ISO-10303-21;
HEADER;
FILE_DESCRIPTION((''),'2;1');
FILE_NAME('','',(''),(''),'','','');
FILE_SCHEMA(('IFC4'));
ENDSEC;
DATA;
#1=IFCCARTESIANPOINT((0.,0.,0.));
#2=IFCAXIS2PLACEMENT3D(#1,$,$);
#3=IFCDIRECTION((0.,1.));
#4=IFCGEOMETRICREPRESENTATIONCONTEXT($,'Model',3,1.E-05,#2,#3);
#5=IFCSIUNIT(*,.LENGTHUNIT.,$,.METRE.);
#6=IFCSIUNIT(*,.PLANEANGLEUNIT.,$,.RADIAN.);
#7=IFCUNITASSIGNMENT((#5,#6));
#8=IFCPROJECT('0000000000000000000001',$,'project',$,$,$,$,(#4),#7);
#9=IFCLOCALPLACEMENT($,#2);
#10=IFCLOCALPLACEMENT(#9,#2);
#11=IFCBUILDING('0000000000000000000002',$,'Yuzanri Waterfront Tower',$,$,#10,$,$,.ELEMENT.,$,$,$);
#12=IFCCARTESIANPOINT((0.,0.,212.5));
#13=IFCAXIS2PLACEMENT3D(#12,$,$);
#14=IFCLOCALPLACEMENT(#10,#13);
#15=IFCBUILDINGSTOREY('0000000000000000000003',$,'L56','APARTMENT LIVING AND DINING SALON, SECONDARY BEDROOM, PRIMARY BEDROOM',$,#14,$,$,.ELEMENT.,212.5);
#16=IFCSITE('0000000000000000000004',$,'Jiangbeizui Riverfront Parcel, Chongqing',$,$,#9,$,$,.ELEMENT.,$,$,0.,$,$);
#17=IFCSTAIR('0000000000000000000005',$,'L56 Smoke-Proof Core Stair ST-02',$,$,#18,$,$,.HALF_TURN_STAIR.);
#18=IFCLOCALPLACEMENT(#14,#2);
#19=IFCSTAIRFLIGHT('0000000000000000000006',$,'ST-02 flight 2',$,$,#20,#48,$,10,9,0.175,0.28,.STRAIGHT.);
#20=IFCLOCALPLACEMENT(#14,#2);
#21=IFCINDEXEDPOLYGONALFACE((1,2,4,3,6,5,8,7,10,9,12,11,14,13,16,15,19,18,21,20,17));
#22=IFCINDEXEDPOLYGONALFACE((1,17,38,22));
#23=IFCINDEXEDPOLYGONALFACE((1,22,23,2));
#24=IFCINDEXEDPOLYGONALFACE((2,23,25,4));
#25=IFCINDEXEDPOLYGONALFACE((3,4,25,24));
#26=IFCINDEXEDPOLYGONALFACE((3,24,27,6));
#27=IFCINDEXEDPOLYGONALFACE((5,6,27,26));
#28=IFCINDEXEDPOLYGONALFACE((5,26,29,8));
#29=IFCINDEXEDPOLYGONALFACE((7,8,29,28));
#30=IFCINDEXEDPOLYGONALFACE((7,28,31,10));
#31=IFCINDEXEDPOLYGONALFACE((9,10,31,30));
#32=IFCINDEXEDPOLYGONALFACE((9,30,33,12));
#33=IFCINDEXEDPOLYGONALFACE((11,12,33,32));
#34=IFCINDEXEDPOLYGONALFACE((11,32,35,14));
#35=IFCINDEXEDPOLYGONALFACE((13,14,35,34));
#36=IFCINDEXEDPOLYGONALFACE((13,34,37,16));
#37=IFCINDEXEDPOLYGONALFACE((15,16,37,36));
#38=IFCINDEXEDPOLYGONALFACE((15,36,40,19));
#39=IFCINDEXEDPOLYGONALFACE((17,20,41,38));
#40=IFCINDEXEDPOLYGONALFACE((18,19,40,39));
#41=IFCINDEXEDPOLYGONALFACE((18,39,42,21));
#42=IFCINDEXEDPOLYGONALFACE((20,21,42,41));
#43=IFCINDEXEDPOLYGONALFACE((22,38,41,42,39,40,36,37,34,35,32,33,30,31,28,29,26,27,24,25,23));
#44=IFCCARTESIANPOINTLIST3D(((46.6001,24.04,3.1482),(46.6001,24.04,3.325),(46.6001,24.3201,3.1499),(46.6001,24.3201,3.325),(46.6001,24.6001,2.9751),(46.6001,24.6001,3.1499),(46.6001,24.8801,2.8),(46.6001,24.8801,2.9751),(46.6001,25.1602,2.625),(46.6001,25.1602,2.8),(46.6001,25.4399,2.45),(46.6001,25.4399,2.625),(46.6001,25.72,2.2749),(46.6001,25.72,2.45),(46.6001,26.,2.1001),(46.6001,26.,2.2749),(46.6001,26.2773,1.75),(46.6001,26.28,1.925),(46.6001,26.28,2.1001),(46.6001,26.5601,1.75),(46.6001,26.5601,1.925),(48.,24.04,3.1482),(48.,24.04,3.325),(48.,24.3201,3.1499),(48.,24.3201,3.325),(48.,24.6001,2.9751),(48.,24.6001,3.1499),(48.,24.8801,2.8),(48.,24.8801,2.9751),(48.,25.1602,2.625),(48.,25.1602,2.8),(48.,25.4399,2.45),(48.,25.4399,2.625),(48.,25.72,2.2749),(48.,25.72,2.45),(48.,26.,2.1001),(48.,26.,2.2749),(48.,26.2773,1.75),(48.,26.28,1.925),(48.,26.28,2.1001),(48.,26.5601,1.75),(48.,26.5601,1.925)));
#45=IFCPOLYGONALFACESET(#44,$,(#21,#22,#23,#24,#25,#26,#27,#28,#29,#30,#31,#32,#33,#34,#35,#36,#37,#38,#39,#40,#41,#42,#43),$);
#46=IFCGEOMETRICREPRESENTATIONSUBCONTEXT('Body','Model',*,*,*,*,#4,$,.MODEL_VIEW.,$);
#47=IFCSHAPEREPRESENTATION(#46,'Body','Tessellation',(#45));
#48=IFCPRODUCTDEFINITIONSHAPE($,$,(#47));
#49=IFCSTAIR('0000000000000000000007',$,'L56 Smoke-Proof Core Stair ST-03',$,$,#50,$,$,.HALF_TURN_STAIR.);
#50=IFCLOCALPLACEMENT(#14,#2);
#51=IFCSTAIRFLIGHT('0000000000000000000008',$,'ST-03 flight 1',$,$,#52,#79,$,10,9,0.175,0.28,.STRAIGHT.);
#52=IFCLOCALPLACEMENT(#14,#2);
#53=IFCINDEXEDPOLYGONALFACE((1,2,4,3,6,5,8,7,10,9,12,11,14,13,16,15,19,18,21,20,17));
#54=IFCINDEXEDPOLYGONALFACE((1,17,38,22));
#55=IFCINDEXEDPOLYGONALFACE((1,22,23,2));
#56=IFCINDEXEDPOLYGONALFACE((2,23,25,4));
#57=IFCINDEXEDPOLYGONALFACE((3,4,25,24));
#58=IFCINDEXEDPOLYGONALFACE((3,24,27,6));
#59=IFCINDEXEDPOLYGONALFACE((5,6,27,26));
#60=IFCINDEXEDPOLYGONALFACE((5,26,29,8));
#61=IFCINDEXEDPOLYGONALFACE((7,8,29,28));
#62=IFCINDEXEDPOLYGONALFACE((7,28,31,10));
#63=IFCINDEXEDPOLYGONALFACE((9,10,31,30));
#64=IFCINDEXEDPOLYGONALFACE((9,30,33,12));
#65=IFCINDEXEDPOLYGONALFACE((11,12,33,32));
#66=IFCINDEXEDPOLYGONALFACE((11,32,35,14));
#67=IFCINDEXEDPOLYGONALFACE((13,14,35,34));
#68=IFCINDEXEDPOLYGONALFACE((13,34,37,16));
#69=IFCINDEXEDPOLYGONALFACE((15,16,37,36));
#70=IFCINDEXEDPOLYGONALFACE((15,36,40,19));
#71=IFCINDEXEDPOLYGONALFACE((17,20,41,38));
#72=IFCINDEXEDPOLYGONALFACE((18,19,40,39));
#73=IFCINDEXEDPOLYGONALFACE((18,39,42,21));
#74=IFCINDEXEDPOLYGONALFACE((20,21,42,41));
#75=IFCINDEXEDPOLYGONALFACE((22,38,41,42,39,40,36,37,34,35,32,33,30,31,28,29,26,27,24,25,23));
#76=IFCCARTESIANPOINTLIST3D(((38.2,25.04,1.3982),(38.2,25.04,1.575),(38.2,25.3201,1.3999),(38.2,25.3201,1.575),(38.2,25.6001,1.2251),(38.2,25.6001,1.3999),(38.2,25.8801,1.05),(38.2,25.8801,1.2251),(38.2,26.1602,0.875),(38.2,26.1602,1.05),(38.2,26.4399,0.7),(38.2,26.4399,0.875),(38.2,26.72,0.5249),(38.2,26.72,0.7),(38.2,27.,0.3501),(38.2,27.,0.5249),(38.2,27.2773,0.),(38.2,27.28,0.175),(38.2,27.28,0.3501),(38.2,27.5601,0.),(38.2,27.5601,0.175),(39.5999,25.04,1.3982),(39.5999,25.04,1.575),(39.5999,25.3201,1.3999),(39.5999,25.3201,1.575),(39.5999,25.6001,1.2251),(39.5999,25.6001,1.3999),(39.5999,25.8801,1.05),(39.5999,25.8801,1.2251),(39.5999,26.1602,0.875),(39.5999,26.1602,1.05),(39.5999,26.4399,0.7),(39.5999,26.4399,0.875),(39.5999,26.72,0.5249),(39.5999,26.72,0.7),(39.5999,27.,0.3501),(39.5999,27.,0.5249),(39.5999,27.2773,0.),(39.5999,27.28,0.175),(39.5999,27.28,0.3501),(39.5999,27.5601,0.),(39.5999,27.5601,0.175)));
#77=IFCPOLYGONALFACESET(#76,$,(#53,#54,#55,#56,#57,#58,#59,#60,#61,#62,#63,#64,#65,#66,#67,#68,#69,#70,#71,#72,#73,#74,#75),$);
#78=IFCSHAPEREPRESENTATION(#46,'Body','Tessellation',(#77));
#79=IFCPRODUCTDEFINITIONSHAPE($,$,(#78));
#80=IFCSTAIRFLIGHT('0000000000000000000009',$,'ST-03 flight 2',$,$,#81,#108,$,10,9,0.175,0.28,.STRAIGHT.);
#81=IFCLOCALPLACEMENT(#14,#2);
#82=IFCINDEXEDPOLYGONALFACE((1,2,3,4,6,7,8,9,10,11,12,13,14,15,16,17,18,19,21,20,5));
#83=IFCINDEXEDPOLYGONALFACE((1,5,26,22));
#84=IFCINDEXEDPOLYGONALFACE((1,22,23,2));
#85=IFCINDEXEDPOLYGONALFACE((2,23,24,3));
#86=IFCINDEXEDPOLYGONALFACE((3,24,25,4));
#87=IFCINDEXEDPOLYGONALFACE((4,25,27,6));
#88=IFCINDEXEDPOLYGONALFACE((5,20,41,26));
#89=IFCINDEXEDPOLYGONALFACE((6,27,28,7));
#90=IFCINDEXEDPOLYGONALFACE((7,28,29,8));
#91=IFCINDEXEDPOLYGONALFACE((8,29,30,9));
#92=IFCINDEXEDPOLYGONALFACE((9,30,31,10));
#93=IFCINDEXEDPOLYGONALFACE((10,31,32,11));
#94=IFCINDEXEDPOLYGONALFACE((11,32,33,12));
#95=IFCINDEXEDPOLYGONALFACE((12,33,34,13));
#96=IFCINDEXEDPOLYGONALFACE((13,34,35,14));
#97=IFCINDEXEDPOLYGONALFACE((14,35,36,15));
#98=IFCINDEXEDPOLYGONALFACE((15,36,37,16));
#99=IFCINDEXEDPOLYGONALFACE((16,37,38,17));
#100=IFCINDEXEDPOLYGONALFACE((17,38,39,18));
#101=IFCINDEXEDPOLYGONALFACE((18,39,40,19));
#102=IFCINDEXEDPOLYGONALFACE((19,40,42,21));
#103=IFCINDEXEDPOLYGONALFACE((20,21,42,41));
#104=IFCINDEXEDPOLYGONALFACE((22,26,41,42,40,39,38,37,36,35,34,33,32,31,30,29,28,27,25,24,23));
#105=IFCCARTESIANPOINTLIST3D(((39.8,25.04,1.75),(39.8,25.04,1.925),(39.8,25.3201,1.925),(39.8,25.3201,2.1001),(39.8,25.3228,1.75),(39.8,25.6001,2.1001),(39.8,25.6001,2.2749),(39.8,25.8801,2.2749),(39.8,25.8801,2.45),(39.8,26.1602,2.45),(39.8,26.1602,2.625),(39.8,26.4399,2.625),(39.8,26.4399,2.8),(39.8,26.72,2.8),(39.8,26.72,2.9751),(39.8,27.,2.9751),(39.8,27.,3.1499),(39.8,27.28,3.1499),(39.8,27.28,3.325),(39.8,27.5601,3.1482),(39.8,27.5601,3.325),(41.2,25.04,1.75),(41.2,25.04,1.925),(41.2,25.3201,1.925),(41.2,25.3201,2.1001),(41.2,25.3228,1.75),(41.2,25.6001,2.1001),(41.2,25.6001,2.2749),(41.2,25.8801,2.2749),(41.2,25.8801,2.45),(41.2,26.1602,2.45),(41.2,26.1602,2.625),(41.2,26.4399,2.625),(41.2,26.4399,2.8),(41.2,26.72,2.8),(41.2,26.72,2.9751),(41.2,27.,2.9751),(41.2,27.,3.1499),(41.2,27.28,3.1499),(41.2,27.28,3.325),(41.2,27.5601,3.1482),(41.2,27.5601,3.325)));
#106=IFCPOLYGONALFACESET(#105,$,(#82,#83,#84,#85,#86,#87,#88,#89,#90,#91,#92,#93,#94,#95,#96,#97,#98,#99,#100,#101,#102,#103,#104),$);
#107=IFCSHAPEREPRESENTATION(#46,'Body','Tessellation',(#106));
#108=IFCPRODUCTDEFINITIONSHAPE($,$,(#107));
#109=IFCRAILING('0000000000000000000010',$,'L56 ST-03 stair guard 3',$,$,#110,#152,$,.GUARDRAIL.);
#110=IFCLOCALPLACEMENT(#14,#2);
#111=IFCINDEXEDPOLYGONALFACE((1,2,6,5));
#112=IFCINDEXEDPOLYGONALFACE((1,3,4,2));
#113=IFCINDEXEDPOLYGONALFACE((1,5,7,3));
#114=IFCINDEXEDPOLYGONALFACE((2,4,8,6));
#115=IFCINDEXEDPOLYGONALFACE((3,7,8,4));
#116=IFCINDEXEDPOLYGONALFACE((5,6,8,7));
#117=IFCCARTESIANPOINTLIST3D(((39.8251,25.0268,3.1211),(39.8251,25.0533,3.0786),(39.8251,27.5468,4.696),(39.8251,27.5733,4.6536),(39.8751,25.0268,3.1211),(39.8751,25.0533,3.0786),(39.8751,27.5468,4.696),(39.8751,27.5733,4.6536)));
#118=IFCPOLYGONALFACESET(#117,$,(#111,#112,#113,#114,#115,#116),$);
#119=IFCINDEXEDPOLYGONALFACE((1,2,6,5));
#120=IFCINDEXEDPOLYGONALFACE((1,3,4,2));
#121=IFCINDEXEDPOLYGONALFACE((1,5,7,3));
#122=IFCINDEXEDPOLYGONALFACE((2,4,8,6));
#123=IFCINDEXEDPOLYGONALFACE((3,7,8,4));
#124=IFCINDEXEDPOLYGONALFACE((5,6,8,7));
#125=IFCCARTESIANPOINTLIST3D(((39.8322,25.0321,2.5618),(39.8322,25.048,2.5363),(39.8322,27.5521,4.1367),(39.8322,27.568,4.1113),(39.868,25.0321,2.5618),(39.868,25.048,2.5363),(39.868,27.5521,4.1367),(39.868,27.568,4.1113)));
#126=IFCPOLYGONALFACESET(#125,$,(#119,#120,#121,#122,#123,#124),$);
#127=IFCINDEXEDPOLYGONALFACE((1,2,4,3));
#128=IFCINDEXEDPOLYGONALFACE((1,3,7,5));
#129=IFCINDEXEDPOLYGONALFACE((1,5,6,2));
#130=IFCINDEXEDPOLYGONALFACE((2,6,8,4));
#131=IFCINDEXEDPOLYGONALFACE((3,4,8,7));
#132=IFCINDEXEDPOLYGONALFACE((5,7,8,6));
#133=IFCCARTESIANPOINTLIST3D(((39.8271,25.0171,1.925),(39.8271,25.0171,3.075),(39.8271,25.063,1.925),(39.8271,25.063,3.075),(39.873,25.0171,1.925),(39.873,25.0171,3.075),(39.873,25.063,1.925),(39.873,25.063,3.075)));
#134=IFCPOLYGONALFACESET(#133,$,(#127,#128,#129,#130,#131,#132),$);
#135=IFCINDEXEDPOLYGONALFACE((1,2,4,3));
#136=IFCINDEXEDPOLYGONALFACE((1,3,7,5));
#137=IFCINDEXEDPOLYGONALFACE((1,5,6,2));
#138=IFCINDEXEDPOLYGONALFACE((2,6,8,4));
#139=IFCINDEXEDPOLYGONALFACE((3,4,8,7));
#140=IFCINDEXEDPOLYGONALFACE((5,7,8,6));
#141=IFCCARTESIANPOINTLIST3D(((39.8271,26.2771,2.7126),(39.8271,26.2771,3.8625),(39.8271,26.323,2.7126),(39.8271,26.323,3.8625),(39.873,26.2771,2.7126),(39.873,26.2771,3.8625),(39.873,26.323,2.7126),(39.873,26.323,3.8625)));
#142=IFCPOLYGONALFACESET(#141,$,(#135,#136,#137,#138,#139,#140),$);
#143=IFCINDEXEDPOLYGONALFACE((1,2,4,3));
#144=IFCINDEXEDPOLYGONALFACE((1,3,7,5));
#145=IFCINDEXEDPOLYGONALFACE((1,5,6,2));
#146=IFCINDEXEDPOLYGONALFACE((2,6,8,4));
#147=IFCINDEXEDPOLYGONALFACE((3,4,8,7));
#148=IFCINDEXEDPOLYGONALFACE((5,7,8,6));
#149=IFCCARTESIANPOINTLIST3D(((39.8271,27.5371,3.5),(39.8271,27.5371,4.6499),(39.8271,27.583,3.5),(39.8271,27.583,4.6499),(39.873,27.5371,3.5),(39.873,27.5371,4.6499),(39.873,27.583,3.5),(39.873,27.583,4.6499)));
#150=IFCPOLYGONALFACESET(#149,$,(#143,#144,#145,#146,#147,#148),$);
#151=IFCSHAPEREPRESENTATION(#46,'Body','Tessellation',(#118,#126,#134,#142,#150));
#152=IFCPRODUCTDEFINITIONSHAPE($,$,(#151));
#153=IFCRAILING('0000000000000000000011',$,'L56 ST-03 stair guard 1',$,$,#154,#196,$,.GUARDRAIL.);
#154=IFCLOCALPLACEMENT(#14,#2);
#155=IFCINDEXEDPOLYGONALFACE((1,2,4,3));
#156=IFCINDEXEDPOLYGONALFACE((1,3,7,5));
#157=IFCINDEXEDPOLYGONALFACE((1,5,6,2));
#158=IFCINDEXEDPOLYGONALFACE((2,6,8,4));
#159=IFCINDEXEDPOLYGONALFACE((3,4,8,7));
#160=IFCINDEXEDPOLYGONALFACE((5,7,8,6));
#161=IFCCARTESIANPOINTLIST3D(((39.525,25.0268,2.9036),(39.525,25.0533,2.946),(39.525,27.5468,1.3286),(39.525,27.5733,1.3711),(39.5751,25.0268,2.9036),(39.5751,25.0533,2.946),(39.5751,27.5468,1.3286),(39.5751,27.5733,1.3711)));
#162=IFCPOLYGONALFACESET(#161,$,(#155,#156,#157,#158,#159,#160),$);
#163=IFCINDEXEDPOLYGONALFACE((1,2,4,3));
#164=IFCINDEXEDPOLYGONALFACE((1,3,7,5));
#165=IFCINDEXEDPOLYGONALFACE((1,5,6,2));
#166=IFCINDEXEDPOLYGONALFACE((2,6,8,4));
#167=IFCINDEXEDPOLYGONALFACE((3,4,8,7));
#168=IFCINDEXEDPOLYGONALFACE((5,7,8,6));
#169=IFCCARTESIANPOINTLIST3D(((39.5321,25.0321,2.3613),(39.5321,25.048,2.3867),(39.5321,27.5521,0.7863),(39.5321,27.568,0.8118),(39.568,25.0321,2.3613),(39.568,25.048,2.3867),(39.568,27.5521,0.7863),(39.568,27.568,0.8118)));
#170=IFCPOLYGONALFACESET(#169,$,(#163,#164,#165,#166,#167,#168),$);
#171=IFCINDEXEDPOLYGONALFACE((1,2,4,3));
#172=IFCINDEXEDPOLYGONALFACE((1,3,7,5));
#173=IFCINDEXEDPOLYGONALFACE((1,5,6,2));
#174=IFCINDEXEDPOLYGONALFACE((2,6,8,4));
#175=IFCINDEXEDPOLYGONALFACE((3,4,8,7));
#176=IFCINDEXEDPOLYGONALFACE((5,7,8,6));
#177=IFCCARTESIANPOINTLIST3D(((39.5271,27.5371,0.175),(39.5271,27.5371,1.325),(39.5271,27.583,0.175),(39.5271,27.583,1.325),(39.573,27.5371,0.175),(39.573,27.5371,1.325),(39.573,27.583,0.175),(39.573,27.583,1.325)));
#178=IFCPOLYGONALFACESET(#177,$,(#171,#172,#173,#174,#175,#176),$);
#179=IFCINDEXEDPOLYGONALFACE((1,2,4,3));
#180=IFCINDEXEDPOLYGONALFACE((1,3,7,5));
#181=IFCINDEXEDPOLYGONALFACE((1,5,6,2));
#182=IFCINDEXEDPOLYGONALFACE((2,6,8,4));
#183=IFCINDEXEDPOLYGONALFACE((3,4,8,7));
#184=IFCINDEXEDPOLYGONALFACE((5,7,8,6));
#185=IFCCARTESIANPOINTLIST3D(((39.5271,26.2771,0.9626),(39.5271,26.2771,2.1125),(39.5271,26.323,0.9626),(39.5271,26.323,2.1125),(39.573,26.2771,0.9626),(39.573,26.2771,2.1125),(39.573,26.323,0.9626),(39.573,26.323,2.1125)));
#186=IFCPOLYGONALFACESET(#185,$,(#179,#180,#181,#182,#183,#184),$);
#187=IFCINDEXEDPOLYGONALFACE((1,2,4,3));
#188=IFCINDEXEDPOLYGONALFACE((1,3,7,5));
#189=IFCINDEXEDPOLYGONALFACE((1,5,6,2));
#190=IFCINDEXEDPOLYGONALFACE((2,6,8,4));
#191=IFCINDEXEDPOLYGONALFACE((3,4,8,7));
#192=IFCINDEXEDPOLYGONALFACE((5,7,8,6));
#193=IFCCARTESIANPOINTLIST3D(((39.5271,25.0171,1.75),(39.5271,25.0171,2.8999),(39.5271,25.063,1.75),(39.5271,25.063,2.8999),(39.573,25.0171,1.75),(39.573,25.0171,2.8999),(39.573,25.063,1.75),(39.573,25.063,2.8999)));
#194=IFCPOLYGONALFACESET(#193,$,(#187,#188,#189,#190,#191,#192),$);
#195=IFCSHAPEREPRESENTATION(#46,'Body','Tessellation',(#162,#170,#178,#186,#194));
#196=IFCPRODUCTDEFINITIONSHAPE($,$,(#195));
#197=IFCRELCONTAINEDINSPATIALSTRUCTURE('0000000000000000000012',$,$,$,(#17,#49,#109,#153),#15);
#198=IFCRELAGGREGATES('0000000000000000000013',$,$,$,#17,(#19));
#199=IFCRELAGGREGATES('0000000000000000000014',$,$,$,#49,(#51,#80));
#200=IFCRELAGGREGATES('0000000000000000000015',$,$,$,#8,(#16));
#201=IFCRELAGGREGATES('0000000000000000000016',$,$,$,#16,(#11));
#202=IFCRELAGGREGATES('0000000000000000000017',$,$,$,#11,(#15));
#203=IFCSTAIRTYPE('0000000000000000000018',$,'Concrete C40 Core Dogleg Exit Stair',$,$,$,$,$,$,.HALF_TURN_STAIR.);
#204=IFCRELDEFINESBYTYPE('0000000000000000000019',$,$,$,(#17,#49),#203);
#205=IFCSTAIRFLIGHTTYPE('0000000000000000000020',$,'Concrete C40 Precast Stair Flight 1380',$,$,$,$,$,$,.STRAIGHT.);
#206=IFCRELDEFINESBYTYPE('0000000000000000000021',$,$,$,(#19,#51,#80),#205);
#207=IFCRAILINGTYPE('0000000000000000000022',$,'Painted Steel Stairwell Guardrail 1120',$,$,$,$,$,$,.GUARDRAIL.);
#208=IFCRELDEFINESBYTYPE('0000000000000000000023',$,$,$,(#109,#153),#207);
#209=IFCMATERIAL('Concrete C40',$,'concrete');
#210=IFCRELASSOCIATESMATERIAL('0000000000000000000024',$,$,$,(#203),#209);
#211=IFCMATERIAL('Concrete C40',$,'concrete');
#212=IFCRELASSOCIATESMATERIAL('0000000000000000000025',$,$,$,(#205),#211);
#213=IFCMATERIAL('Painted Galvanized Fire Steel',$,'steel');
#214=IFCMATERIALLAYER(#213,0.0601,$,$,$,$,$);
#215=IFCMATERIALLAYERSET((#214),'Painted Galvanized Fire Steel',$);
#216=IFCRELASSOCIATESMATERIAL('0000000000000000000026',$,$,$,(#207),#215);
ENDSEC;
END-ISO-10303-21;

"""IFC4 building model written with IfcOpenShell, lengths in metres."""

from ifc_helpers import new_model, si_unit, direction, frame, origin, origin_2d, place, context, subcontext, project, spatial, polyline, rectangle, outline, extrude, source, transform, mapped, material, layer, layer_set, type_object, element, aggregate, save


model = new_model("IFC4")

# Units and contexts
model_context = context("Model", 3, precision=1e-05, world=origin(), true_north=direction((0.0, 1.0)))
body_context = subcontext(model_context, "Body", "Model", "MODEL_VIEW")
ifc_project = project(units=[si_unit("LENGTHUNIT", "METRE"), si_unit("PLANEANGLEUNIT", "RADIAN")], contexts=[model_context])

# Site, building, storey
site_placement = place(None, origin())
site = spatial("IfcSite", under=ifc_project, at=site_placement, Name="Jiangbeizui Riverfront Parcel, Chongqing", CompositionType="ELEMENT", RefElevation=0.0)
building_placement = place(site_placement, origin())
building = spatial("IfcBuilding", under=site, at=building_placement, Name="Yuzanri Waterfront Tower", CompositionType="ELEMENT")
storey_placement = place(building_placement, frame((0.0, 0.0, 212.5)))
storey = spatial("IfcBuildingStorey", under=building, at=storey_placement, Name="L56", Description="APARTMENT LIVING AND DINING SALON, SECONDARY BEDROOM, PRIMARY BEDROOM", CompositionType="ELEMENT", Elevation=212.5)

# Stair, stair flight
ifc_material_1 = material(Name="Concrete C40", Category="concrete")
stair_type = type_object("IfcStairType", Name="Concrete C40 Core Dogleg Exit Stair", PredefinedType="HALF_TURN_STAIR", material=ifc_material_1)
stair_1_placement = place(storey_placement, origin())
stair_1 = element("IfcStair", 1, at=stair_1_placement, inside=storey, type_object=stair_type, Name="L56 Smoke-Proof Core Stair ST-02", PredefinedType="HALF_TURN_STAIR")
ifc_material_2 = material(Name="Concrete C40", Category="concrete")
stair_flight_type = type_object("IfcStairFlightType", Name="Concrete C40 Precast Stair Flight 1380", PredefinedType="STRAIGHT", material=ifc_material_2)
shared_shape_1 = source(origin(), body_context, "Body", "SweptSolid", [
    extrude(outline(polyline([(0.0, 0.0), (0.0, 0.175), (0.28, 0.175), (0.28, 0.3501), (0.5601, 0.3501), (0.5601, 0.5249), (0.8401, 0.5249), (0.8401, 0.7), (1.1201, 0.7), (1.1201, 0.875), (1.3999, 0.875), (1.3999, 1.05), (1.6799, 1.05), (1.6799, 1.2251), (1.96, 1.2251), (1.96, 1.3999), (2.24, 1.3999), (2.24, 1.575), (2.52, 1.575), (2.52, 1.75), (2.52, 1.3982), (0.2827, 0.0), (0.0, 0.0)])), frame((0.0, 0.7, 0.0), z_axis=(0.0, -1.0, 0.0), x_axis=(1.0, 0.0, 0.0)), (0.0, 0.0, 1.0), 1.3999),
])
stair_flight_1_placement = place(storey_placement, frame((47.3, 26.5601, 1.75), z_axis=(0.0, 0.0, 1.0), x_axis=(0.0, -1.0, 0.0)))
stair_flight_1 = element("IfcStairFlight", 2, at=stair_flight_1_placement, type_object=stair_flight_type, Name="ST-02 flight 2", NumberOfRisers=10, NumberOfTreads=9, PredefinedType="STRAIGHT", RiserHeight=0.175, TreadLength=0.28, context=body_context, shape_type="MappedRepresentation", body=[
    mapped(shared_shape_1, transform((0.0, 0.0, 0.0), scale=1.0)),
])
aggregate(stair_1, [stair_flight_1])

# Stair, stair flights
stair_2_placement = place(storey_placement, origin())
stair_2 = element("IfcStair", 3, at=stair_2_placement, inside=storey, type_object=stair_type, Name="L56 Smoke-Proof Core Stair ST-03", PredefinedType="HALF_TURN_STAIR")
stair_flight_2_placement = place(storey_placement, frame((38.8999, 27.5601, 0.0), z_axis=(0.0, 0.0, 1.0), x_axis=(0.0, -1.0, 0.0)))
stair_flight_2 = element("IfcStairFlight", 4, at=stair_flight_2_placement, type_object=stair_flight_type, Name="ST-03 flight 1", NumberOfRisers=10, NumberOfTreads=9, PredefinedType="STRAIGHT", RiserHeight=0.175, TreadLength=0.28, context=body_context, shape_type="MappedRepresentation", body=[
    mapped(shared_shape_1, transform((0.0, 0.0, 0.0), scale=1.0)),
])
stair_flight_3_placement = place(storey_placement, frame((40.5, 25.04, 1.75), z_axis=(0.0, 0.0, 1.0), x_axis=(0.0, 1.0, 0.0)))
stair_flight_3 = element("IfcStairFlight", 5, at=stair_flight_3_placement, type_object=stair_flight_type, Name="ST-03 flight 2", NumberOfRisers=10, NumberOfTreads=9, PredefinedType="STRAIGHT", RiserHeight=0.175, TreadLength=0.28, context=body_context, shape_type="MappedRepresentation", body=[
    mapped(shared_shape_1, transform((0.0, 0.0, 0.0), scale=1.0)),
])
aggregate(stair_2, [stair_flight_2, stair_flight_3])

# Railings
ifc_material_3 = material(Name="Painted Galvanized Fire Steel", Category="steel")
ifc_layer_1 = layer(ifc_material_3, 0.0601)
ifc_layer_set_1 = layer_set([ifc_layer_1], Name="Painted Galvanized Fire Steel")
railing_type_1 = type_object("IfcRailingType", Name="Painted Steel Stairwell Guardrail 1120", PredefinedType="GUARDRAIL", material=ifc_layer_set_1)
shared_shape_2 = source(origin(), body_context, "Body", "SweptSolid", [
    extrude(rectangle(XDim=0.05, YDim=0.05, at=origin_2d()), frame((0.0, 0.0, 1.1748), z_axis=(0.0, 0.848008, 0.529984), x_axis=(-1.0, 0.0, 0.0)), (0.0, 0.0, 1.0), 2.9717),
    extrude(rectangle(XDim=0.0359, YDim=0.03, at=origin_2d()), frame((0.0, 0.0, 0.624), z_axis=(0.0, 0.848008, 0.529984), x_axis=(-1.0, 0.0, 0.0)), (0.0, 0.0, 1.0), 2.9717),
    extrude(rectangle(XDim=0.0459, YDim=0.0459, at=origin_2d()), origin(), (0.0, 0.0, 1.0), 1.1499),
    extrude(rectangle(XDim=0.0459, YDim=0.0459, at=origin_2d()), frame((0.0, 1.26, 0.7876)), (0.0, 0.0, 1.0), 1.1499),
    extrude(rectangle(XDim=0.0459, YDim=0.0459, at=origin_2d()), frame((0.0, 2.52, 1.575)), (0.0, 0.0, 1.0), 1.1499),
])
railing_1_placement = place(storey_placement, frame((39.8501, 25.04, 1.925)))
element("IfcRailing", 6, at=railing_1_placement, inside=storey, type_object=railing_type_1, Name="L56 ST-03 stair guard 3", PredefinedType="GUARDRAIL", context=body_context, shape_type="MappedRepresentation", body=[
    mapped(shared_shape_2, transform((0.0, 0.0, 0.0), scale=1.0)),
])
shared_shape_3 = source(origin(), body_context, "Body", "SweptSolid", [
    extrude(rectangle(XDim=0.05, YDim=0.05, at=origin_2d()), frame((0.0, 0.0, 1.1748), z_axis=(0.0, -0.848008, 0.529984), x_axis=(1.0, 0.0, 0.0)), (0.0, 0.0, 1.0), 2.9717),
    extrude(rectangle(XDim=0.0359, YDim=0.03, at=origin_2d()), frame((0.0, 0.0, 0.624), z_axis=(0.0, -0.848008, 0.529984), x_axis=(1.0, 0.0, 0.0)), (0.0, 0.0, 1.0), 2.9717),
    extrude(rectangle(XDim=0.0459, YDim=0.0459, at=origin_2d()), origin(), (0.0, 0.0, 1.0), 1.1499),
    extrude(rectangle(XDim=0.0459, YDim=0.0459, at=origin_2d()), frame((0.0, -1.26, 0.7876)), (0.0, 0.0, 1.0), 1.1499),
    extrude(rectangle(XDim=0.0459, YDim=0.0459, at=origin_2d()), frame((0.0, -2.52, 1.575)), (0.0, 0.0, 1.0), 1.1499),
])
railing_2_placement = place(storey_placement, frame((39.55, 27.5601, 0.175)))
element("IfcRailing", 7, at=railing_2_placement, inside=storey, type_object=railing_type_1, Name="L56 ST-03 stair guard 1", PredefinedType="GUARDRAIL", context=body_context, shape_type="MappedRepresentation", body=[
    mapped(shared_shape_3, transform((0.0, 0.0, 0.0), scale=1.0)),
])

save(model, "model.ifc")
